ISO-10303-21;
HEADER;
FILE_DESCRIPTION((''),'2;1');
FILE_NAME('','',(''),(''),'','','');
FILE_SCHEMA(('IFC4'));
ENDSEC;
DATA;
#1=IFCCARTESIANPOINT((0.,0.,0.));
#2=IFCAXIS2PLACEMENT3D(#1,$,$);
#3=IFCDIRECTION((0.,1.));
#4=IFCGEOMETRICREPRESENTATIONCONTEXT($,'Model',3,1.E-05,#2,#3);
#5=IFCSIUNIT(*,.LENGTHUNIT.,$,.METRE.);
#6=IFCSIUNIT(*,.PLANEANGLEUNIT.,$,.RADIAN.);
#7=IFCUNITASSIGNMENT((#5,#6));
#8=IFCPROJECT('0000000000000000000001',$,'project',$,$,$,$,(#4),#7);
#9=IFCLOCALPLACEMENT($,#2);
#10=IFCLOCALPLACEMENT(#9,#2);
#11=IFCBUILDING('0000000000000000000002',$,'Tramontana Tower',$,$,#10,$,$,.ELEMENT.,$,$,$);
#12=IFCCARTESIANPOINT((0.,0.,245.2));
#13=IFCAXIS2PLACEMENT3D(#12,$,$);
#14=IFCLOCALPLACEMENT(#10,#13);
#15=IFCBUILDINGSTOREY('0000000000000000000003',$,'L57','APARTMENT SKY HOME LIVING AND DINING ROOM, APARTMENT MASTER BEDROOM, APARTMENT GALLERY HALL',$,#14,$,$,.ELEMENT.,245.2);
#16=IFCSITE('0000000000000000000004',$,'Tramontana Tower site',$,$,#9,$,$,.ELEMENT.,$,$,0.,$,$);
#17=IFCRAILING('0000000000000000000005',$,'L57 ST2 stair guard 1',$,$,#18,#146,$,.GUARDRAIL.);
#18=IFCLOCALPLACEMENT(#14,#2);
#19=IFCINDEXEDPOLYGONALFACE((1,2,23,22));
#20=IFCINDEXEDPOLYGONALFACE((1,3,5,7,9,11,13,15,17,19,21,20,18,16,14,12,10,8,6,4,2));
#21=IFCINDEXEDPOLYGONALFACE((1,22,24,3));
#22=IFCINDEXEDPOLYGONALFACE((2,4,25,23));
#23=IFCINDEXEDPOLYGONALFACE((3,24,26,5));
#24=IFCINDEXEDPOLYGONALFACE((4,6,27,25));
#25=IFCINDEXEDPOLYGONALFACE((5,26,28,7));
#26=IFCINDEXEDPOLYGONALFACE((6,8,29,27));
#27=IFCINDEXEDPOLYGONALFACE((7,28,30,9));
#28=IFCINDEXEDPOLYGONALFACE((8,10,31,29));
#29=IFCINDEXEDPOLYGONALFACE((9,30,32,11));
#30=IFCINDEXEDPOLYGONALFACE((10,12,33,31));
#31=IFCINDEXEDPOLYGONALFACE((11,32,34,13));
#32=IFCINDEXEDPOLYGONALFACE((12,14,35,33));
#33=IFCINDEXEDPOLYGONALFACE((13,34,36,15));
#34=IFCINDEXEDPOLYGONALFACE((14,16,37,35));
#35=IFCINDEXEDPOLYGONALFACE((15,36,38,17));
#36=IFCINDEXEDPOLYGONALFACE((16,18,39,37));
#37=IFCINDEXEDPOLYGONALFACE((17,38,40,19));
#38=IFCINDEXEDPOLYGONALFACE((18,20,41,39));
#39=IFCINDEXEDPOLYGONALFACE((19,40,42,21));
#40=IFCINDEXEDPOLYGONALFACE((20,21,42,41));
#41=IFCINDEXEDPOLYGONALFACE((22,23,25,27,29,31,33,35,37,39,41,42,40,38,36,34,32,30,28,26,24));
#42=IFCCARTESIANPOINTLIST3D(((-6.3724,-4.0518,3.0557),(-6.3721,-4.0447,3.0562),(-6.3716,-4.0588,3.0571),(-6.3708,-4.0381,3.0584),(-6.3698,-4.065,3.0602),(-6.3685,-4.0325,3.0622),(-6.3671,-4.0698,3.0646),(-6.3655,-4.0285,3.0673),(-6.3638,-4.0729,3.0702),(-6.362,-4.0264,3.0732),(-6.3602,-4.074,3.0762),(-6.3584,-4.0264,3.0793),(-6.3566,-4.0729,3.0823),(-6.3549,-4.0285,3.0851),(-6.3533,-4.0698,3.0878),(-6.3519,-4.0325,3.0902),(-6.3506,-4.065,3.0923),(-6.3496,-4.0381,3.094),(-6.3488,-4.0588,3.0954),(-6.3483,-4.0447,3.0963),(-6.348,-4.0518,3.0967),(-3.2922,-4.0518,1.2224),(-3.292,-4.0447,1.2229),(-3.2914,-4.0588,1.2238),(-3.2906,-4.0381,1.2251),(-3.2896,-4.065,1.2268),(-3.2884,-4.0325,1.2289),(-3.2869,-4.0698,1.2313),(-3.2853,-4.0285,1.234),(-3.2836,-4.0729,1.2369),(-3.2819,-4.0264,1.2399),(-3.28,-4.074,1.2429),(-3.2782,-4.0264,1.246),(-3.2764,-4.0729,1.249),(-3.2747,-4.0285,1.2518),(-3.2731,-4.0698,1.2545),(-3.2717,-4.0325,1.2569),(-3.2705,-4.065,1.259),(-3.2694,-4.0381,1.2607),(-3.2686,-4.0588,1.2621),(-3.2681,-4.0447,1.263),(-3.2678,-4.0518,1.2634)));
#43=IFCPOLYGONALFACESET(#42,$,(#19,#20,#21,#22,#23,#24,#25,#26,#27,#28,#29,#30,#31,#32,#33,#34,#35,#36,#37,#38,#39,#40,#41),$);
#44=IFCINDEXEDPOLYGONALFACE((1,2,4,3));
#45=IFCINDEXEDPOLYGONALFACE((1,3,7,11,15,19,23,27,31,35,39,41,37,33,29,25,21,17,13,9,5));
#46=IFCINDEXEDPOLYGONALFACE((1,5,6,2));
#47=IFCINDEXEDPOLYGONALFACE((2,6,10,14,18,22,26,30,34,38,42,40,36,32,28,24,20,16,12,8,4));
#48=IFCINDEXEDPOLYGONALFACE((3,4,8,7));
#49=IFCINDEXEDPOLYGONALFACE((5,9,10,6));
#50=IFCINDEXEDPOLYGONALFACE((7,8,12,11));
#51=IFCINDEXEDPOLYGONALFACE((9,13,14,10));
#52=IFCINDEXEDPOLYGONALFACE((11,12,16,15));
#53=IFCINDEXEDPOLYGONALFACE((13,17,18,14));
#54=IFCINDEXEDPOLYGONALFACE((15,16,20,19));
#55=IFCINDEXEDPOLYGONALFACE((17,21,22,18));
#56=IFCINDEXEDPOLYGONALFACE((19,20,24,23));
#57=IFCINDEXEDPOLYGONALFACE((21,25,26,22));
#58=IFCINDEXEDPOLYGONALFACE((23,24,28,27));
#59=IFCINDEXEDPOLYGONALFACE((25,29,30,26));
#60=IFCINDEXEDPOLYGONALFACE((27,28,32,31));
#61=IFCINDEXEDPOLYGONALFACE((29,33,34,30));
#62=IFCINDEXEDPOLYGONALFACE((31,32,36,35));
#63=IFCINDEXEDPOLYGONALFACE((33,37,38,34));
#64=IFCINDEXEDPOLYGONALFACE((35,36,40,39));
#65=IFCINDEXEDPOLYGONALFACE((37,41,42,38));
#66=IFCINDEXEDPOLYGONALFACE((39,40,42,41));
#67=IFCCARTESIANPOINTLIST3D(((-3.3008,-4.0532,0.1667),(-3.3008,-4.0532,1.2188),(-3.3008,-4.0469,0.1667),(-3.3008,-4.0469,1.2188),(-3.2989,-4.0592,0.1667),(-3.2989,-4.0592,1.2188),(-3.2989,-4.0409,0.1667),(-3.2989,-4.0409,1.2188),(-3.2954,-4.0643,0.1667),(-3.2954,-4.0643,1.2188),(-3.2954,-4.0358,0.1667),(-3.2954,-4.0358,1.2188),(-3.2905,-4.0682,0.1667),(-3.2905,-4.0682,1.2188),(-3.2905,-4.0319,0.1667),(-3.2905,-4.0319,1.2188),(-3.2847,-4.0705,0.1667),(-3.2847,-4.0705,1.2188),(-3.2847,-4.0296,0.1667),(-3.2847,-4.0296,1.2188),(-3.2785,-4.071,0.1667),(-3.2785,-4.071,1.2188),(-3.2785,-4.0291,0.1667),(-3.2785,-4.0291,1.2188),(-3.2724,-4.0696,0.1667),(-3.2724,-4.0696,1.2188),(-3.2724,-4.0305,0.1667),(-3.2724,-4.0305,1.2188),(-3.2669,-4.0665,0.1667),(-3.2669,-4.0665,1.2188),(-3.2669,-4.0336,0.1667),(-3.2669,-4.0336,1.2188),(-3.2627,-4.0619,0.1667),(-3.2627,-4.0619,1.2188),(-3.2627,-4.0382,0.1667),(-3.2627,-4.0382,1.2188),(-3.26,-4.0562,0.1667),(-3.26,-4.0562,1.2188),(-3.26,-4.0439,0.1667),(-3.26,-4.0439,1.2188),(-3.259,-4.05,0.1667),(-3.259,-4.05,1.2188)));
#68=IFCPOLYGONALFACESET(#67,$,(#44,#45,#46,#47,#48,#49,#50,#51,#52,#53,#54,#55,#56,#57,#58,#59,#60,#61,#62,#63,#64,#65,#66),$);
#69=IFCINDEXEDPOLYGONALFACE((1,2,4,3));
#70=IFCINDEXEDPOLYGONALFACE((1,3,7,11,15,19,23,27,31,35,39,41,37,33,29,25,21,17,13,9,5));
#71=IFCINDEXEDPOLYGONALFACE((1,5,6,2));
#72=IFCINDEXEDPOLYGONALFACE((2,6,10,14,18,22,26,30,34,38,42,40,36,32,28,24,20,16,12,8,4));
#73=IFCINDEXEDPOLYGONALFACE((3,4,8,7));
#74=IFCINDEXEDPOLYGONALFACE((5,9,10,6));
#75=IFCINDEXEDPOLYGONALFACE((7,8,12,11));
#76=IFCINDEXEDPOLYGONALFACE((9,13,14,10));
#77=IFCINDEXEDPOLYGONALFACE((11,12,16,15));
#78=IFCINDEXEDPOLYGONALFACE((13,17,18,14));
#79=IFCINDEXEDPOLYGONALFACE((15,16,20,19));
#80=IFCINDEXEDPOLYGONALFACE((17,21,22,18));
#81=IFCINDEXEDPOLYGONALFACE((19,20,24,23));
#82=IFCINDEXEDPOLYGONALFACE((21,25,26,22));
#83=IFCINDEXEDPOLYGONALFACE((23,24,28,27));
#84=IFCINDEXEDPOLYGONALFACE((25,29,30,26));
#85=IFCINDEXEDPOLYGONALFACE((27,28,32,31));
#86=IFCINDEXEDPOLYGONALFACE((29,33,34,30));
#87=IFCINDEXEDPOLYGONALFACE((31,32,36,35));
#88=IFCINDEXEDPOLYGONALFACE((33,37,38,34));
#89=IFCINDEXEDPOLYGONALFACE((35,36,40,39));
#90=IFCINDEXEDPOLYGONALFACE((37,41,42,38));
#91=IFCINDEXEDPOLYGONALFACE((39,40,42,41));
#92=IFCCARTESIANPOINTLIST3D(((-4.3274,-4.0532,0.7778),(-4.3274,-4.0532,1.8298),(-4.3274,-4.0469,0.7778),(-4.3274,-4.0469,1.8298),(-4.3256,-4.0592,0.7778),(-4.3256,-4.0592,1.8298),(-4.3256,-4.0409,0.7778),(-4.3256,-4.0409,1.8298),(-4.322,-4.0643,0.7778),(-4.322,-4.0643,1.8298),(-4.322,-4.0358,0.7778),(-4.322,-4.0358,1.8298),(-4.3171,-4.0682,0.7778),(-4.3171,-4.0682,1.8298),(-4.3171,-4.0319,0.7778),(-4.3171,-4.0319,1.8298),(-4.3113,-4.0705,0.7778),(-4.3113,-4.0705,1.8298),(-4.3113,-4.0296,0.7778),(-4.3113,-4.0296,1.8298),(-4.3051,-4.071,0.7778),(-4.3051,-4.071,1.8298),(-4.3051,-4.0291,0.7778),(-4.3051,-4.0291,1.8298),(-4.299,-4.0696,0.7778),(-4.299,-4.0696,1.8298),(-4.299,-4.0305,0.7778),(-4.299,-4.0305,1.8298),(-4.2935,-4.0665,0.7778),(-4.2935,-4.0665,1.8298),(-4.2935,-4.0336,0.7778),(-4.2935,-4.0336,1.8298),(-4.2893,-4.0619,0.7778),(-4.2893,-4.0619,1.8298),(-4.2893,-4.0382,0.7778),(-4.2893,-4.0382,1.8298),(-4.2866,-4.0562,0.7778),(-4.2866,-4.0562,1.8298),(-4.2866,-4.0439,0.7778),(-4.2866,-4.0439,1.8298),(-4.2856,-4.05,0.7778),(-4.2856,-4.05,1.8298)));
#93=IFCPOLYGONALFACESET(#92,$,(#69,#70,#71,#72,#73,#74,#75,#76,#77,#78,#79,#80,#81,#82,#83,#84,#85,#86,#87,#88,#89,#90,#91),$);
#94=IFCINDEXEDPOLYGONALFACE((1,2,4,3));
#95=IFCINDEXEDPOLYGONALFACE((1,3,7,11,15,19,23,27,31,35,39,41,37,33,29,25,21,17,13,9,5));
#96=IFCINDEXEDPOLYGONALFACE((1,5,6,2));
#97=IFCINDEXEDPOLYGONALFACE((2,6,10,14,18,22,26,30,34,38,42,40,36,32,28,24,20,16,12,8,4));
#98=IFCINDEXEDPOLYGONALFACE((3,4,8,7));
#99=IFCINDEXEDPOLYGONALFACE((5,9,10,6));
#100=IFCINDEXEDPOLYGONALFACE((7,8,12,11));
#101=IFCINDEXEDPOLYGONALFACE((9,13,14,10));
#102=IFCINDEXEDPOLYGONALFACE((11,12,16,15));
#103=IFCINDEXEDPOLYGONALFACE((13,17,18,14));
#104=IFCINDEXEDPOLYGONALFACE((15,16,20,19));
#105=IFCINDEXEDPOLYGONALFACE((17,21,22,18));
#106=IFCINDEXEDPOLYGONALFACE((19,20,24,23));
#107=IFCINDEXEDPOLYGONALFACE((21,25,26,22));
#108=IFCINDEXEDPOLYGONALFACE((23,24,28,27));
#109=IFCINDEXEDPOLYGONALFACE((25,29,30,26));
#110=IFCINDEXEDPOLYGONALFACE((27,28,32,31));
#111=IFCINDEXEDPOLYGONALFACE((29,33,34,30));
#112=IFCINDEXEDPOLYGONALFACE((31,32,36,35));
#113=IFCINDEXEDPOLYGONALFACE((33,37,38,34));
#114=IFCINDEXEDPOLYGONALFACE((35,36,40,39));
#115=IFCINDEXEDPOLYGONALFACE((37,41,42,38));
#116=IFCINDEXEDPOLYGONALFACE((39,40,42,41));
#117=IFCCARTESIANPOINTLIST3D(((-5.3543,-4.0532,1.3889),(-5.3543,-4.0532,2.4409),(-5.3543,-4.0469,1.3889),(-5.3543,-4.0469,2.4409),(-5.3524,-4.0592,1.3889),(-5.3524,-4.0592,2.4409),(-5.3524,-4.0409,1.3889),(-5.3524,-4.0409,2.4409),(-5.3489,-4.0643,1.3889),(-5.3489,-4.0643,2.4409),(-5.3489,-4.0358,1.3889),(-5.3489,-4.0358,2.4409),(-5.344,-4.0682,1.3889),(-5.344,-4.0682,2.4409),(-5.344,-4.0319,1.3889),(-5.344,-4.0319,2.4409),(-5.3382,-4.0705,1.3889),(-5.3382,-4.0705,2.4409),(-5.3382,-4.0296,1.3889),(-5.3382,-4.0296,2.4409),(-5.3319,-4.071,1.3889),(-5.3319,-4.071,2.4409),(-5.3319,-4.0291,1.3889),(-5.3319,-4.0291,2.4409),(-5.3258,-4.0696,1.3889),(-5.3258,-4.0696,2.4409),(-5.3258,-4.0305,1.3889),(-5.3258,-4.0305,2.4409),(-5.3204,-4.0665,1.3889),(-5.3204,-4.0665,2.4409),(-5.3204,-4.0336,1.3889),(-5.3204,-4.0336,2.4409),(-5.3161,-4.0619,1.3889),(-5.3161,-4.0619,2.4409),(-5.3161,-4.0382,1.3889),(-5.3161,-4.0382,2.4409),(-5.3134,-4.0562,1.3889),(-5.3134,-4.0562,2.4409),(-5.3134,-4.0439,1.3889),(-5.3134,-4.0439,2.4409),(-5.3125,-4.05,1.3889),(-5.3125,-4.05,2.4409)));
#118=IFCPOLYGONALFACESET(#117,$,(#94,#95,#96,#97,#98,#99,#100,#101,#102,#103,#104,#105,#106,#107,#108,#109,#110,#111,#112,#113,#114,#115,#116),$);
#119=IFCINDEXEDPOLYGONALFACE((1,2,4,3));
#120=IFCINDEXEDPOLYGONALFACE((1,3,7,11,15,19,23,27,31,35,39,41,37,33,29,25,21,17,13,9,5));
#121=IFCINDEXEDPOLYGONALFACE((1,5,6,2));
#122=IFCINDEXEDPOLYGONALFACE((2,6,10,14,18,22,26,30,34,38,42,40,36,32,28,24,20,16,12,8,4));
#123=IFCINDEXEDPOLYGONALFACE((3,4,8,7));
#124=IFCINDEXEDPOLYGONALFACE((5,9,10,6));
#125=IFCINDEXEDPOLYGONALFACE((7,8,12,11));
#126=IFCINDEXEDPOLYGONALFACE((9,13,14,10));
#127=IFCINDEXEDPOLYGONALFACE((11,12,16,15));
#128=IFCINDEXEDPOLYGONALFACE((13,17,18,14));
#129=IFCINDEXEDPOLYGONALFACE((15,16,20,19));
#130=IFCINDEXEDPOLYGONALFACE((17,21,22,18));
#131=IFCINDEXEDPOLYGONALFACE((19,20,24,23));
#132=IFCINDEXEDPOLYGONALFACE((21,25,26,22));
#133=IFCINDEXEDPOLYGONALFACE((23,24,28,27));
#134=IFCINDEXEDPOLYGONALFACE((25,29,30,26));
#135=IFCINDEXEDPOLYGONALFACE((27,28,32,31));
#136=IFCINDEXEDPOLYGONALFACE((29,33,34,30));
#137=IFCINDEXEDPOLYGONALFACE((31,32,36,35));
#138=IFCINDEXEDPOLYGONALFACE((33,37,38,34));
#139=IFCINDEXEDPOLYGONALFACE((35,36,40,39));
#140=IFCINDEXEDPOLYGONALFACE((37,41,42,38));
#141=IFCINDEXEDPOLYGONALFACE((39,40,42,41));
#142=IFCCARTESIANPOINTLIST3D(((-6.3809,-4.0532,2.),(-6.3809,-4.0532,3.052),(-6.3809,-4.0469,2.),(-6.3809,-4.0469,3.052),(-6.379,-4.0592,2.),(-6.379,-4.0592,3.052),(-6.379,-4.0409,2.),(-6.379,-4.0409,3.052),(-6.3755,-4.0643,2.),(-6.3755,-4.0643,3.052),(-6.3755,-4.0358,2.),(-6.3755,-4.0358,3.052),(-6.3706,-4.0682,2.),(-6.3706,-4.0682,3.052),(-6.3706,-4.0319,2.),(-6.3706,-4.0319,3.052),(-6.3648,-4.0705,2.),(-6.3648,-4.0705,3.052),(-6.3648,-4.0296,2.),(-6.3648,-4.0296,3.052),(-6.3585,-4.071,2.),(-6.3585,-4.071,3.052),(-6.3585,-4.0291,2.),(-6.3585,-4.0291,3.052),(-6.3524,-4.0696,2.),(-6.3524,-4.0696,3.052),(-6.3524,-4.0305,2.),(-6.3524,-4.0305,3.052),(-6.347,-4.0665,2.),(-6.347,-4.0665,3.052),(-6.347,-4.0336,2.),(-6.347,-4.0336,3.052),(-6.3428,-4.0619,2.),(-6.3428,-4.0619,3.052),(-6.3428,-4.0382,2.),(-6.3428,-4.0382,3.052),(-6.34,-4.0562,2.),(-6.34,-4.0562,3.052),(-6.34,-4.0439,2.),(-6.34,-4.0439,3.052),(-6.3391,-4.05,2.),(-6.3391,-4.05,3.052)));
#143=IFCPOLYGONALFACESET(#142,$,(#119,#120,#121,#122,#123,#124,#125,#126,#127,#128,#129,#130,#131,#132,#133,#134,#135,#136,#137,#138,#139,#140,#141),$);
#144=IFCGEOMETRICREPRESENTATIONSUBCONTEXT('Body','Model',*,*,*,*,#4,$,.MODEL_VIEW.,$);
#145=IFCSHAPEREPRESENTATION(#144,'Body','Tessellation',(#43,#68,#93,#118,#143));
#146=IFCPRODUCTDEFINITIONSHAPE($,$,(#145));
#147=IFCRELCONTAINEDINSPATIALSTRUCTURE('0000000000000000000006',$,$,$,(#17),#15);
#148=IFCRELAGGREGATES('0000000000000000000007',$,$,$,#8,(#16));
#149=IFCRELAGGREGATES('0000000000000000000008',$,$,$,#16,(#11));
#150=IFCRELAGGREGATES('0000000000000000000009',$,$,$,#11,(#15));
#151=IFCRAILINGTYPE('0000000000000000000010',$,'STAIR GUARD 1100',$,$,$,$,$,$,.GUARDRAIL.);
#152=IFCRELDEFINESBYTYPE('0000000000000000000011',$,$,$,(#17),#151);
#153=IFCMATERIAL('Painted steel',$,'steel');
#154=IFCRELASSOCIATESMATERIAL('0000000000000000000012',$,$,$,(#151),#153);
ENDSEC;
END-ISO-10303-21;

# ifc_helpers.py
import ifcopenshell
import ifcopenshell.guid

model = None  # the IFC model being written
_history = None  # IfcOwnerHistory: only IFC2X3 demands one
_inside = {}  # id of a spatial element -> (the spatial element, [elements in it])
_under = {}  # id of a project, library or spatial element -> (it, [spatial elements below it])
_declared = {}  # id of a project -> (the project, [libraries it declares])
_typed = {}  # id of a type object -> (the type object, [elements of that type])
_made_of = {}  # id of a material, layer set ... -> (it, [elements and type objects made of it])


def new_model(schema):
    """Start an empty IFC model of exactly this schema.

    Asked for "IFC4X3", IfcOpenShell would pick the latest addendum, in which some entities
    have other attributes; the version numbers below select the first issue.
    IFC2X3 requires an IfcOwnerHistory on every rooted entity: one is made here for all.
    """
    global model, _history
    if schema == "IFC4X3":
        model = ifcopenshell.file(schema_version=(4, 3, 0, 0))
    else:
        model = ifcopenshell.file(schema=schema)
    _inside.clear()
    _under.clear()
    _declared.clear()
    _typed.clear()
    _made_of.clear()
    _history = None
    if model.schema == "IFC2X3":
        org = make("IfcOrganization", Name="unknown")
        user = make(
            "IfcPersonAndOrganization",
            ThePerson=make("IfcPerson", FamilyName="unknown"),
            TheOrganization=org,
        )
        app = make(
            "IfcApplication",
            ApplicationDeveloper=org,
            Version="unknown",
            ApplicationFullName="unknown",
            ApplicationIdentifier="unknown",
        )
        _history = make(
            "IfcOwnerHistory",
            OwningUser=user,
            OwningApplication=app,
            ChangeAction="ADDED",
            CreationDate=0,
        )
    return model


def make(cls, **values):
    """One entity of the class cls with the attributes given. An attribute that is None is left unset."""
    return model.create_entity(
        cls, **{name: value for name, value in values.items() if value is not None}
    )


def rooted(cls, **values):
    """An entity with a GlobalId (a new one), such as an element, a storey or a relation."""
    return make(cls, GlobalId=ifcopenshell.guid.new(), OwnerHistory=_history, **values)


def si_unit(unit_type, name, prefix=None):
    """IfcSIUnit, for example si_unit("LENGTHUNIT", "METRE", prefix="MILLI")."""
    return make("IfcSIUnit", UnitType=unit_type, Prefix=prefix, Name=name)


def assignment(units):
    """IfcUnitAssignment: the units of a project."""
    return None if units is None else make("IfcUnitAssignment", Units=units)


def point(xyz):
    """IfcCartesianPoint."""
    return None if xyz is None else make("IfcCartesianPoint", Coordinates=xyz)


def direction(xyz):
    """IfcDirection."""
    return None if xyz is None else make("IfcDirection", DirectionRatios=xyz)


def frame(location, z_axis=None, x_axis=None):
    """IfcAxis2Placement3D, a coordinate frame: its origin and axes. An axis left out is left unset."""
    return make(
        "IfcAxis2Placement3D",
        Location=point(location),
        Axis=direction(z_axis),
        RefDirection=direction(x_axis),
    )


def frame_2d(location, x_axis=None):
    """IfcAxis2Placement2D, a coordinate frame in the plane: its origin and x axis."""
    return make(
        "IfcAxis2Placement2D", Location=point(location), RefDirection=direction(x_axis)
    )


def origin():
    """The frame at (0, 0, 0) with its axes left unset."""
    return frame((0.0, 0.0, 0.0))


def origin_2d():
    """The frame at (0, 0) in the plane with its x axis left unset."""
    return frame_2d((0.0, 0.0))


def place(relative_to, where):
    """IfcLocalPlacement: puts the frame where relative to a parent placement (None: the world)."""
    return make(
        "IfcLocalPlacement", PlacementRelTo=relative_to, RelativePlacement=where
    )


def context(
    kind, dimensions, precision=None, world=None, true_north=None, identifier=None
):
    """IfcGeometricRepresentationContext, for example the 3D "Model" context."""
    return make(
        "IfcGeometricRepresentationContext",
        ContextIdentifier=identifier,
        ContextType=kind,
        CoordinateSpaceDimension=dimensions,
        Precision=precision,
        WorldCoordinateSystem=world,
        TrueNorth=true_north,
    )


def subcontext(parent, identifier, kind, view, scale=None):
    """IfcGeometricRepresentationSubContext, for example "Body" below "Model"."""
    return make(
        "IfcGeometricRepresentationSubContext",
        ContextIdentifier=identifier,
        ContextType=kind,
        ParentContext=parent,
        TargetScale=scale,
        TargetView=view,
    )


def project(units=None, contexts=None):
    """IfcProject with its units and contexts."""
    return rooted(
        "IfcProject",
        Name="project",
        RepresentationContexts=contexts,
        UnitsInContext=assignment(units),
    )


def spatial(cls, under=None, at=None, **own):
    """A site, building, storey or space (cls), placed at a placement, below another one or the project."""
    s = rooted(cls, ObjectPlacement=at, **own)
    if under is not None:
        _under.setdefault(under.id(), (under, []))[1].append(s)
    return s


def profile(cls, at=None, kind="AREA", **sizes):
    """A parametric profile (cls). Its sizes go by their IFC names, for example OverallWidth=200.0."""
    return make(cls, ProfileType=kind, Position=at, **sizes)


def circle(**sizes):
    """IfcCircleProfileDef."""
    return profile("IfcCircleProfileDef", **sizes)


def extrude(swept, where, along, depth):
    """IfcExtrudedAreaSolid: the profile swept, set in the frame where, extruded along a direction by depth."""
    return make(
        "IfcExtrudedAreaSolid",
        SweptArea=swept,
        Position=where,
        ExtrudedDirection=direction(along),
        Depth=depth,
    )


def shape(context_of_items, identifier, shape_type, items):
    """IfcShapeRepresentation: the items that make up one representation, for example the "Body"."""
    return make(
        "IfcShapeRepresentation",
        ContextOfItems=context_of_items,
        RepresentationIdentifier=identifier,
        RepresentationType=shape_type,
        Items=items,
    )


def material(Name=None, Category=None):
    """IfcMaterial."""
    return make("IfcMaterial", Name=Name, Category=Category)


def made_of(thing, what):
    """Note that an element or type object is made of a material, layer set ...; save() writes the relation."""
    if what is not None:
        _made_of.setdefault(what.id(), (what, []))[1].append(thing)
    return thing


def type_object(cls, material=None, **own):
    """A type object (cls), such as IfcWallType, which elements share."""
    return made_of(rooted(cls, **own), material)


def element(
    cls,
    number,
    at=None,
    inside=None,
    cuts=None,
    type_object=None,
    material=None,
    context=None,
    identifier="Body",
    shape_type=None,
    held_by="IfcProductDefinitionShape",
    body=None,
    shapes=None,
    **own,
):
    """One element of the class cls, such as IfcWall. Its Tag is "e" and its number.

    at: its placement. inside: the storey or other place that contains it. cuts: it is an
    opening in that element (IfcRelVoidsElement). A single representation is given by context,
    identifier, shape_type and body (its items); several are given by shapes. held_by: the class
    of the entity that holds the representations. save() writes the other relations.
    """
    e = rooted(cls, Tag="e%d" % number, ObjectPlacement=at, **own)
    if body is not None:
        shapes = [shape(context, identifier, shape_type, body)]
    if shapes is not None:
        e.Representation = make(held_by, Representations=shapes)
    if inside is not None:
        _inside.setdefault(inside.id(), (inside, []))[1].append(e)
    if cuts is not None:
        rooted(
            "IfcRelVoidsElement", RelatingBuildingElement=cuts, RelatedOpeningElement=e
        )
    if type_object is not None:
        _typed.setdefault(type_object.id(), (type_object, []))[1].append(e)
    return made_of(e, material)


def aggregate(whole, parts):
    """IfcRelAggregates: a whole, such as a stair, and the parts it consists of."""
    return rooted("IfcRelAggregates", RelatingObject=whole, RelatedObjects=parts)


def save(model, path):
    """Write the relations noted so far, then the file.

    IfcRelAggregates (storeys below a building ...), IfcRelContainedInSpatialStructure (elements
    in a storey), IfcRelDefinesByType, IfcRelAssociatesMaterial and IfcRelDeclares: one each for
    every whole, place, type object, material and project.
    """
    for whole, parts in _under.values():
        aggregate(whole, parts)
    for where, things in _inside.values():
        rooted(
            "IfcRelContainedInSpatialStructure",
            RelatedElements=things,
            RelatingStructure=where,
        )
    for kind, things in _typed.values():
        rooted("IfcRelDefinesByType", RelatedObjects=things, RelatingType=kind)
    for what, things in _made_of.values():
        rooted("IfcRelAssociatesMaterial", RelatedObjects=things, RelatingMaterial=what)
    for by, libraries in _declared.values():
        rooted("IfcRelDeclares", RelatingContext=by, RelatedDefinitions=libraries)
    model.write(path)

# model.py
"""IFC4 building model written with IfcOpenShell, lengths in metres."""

from ifc_helpers import new_model, si_unit, direction, frame, origin, origin_2d, place, context, subcontext, project, spatial, circle, extrude, material, type_object, element, save


model = new_model("IFC4")

# Units and contexts
model_context = context("Model", 3, precision=1e-05, world=origin(), true_north=direction((0.0, 1.0)))
body_context = subcontext(model_context, "Body", "Model", "MODEL_VIEW")
ifc_project = project(units=[si_unit("LENGTHUNIT", "METRE"), si_unit("PLANEANGLEUNIT", "RADIAN")], contexts=[model_context])

# Site, building, storey
site_placement = place(None, origin())
site = spatial("IfcSite", under=ifc_project, at=site_placement, Name="Tramontana Tower site", CompositionType="ELEMENT", RefElevation=0.0)
building_placement = place(site_placement, origin())
building = spatial("IfcBuilding", under=site, at=building_placement, Name="Tramontana Tower", CompositionType="ELEMENT")
storey_placement = place(building_placement, frame((0.0, 0.0, 245.2)))
storey = spatial("IfcBuildingStorey", under=building, at=storey_placement, Name="L57", Description="APARTMENT SKY HOME LIVING AND DINING ROOM, APARTMENT MASTER BEDROOM, APARTMENT GALLERY HALL", CompositionType="ELEMENT", Elevation=245.2)

# Railing
ifc_material_1 = material(Name="Painted steel", Category="steel")
railing_type_1 = type_object("IfcRailingType", Name="STAIR GUARD 1100", PredefinedType="GUARDRAIL", material=ifc_material_1)
railing_1_placement = place(storey_placement, frame((-3.28, -4.05, 0.1667)))
element("IfcRailing", 1, at=railing_1_placement, inside=storey, type_object=railing_type_1, Name="L57 ST2 stair guard 1", PredefinedType="GUARDRAIL", context=body_context, shape_type="SweptSolid", body=[
    extrude(circle(Radius=0.0239, at=origin_2d()), frame((0.0, 0.0, 1.0762), z_axis=(-0.859309, 0.0, 0.511458), x_axis=(0.0, -1.0, 0.0)), (0.0, 0.0, 1.0), 3.5845),
    extrude(circle(Radius=0.021, at=origin_2d()), origin(), (0.0, 0.0, 1.0), 1.052),
    extrude(circle(Radius=0.021, at=origin_2d()), frame((-1.0266, 0.0, 0.6111)), (0.0, 0.0, 1.0), 1.052),
    extrude(circle(Radius=0.021, at=origin_2d()), frame((-2.0535, 0.0, 1.2222)), (0.0, 0.0, 1.0), 1.052),
    extrude(circle(Radius=0.021, at=origin_2d()), frame((-3.0801, 0.0, 1.8333)), (0.0, 0.0, 1.0), 1.052),
])

save(model, "model.ifc")
